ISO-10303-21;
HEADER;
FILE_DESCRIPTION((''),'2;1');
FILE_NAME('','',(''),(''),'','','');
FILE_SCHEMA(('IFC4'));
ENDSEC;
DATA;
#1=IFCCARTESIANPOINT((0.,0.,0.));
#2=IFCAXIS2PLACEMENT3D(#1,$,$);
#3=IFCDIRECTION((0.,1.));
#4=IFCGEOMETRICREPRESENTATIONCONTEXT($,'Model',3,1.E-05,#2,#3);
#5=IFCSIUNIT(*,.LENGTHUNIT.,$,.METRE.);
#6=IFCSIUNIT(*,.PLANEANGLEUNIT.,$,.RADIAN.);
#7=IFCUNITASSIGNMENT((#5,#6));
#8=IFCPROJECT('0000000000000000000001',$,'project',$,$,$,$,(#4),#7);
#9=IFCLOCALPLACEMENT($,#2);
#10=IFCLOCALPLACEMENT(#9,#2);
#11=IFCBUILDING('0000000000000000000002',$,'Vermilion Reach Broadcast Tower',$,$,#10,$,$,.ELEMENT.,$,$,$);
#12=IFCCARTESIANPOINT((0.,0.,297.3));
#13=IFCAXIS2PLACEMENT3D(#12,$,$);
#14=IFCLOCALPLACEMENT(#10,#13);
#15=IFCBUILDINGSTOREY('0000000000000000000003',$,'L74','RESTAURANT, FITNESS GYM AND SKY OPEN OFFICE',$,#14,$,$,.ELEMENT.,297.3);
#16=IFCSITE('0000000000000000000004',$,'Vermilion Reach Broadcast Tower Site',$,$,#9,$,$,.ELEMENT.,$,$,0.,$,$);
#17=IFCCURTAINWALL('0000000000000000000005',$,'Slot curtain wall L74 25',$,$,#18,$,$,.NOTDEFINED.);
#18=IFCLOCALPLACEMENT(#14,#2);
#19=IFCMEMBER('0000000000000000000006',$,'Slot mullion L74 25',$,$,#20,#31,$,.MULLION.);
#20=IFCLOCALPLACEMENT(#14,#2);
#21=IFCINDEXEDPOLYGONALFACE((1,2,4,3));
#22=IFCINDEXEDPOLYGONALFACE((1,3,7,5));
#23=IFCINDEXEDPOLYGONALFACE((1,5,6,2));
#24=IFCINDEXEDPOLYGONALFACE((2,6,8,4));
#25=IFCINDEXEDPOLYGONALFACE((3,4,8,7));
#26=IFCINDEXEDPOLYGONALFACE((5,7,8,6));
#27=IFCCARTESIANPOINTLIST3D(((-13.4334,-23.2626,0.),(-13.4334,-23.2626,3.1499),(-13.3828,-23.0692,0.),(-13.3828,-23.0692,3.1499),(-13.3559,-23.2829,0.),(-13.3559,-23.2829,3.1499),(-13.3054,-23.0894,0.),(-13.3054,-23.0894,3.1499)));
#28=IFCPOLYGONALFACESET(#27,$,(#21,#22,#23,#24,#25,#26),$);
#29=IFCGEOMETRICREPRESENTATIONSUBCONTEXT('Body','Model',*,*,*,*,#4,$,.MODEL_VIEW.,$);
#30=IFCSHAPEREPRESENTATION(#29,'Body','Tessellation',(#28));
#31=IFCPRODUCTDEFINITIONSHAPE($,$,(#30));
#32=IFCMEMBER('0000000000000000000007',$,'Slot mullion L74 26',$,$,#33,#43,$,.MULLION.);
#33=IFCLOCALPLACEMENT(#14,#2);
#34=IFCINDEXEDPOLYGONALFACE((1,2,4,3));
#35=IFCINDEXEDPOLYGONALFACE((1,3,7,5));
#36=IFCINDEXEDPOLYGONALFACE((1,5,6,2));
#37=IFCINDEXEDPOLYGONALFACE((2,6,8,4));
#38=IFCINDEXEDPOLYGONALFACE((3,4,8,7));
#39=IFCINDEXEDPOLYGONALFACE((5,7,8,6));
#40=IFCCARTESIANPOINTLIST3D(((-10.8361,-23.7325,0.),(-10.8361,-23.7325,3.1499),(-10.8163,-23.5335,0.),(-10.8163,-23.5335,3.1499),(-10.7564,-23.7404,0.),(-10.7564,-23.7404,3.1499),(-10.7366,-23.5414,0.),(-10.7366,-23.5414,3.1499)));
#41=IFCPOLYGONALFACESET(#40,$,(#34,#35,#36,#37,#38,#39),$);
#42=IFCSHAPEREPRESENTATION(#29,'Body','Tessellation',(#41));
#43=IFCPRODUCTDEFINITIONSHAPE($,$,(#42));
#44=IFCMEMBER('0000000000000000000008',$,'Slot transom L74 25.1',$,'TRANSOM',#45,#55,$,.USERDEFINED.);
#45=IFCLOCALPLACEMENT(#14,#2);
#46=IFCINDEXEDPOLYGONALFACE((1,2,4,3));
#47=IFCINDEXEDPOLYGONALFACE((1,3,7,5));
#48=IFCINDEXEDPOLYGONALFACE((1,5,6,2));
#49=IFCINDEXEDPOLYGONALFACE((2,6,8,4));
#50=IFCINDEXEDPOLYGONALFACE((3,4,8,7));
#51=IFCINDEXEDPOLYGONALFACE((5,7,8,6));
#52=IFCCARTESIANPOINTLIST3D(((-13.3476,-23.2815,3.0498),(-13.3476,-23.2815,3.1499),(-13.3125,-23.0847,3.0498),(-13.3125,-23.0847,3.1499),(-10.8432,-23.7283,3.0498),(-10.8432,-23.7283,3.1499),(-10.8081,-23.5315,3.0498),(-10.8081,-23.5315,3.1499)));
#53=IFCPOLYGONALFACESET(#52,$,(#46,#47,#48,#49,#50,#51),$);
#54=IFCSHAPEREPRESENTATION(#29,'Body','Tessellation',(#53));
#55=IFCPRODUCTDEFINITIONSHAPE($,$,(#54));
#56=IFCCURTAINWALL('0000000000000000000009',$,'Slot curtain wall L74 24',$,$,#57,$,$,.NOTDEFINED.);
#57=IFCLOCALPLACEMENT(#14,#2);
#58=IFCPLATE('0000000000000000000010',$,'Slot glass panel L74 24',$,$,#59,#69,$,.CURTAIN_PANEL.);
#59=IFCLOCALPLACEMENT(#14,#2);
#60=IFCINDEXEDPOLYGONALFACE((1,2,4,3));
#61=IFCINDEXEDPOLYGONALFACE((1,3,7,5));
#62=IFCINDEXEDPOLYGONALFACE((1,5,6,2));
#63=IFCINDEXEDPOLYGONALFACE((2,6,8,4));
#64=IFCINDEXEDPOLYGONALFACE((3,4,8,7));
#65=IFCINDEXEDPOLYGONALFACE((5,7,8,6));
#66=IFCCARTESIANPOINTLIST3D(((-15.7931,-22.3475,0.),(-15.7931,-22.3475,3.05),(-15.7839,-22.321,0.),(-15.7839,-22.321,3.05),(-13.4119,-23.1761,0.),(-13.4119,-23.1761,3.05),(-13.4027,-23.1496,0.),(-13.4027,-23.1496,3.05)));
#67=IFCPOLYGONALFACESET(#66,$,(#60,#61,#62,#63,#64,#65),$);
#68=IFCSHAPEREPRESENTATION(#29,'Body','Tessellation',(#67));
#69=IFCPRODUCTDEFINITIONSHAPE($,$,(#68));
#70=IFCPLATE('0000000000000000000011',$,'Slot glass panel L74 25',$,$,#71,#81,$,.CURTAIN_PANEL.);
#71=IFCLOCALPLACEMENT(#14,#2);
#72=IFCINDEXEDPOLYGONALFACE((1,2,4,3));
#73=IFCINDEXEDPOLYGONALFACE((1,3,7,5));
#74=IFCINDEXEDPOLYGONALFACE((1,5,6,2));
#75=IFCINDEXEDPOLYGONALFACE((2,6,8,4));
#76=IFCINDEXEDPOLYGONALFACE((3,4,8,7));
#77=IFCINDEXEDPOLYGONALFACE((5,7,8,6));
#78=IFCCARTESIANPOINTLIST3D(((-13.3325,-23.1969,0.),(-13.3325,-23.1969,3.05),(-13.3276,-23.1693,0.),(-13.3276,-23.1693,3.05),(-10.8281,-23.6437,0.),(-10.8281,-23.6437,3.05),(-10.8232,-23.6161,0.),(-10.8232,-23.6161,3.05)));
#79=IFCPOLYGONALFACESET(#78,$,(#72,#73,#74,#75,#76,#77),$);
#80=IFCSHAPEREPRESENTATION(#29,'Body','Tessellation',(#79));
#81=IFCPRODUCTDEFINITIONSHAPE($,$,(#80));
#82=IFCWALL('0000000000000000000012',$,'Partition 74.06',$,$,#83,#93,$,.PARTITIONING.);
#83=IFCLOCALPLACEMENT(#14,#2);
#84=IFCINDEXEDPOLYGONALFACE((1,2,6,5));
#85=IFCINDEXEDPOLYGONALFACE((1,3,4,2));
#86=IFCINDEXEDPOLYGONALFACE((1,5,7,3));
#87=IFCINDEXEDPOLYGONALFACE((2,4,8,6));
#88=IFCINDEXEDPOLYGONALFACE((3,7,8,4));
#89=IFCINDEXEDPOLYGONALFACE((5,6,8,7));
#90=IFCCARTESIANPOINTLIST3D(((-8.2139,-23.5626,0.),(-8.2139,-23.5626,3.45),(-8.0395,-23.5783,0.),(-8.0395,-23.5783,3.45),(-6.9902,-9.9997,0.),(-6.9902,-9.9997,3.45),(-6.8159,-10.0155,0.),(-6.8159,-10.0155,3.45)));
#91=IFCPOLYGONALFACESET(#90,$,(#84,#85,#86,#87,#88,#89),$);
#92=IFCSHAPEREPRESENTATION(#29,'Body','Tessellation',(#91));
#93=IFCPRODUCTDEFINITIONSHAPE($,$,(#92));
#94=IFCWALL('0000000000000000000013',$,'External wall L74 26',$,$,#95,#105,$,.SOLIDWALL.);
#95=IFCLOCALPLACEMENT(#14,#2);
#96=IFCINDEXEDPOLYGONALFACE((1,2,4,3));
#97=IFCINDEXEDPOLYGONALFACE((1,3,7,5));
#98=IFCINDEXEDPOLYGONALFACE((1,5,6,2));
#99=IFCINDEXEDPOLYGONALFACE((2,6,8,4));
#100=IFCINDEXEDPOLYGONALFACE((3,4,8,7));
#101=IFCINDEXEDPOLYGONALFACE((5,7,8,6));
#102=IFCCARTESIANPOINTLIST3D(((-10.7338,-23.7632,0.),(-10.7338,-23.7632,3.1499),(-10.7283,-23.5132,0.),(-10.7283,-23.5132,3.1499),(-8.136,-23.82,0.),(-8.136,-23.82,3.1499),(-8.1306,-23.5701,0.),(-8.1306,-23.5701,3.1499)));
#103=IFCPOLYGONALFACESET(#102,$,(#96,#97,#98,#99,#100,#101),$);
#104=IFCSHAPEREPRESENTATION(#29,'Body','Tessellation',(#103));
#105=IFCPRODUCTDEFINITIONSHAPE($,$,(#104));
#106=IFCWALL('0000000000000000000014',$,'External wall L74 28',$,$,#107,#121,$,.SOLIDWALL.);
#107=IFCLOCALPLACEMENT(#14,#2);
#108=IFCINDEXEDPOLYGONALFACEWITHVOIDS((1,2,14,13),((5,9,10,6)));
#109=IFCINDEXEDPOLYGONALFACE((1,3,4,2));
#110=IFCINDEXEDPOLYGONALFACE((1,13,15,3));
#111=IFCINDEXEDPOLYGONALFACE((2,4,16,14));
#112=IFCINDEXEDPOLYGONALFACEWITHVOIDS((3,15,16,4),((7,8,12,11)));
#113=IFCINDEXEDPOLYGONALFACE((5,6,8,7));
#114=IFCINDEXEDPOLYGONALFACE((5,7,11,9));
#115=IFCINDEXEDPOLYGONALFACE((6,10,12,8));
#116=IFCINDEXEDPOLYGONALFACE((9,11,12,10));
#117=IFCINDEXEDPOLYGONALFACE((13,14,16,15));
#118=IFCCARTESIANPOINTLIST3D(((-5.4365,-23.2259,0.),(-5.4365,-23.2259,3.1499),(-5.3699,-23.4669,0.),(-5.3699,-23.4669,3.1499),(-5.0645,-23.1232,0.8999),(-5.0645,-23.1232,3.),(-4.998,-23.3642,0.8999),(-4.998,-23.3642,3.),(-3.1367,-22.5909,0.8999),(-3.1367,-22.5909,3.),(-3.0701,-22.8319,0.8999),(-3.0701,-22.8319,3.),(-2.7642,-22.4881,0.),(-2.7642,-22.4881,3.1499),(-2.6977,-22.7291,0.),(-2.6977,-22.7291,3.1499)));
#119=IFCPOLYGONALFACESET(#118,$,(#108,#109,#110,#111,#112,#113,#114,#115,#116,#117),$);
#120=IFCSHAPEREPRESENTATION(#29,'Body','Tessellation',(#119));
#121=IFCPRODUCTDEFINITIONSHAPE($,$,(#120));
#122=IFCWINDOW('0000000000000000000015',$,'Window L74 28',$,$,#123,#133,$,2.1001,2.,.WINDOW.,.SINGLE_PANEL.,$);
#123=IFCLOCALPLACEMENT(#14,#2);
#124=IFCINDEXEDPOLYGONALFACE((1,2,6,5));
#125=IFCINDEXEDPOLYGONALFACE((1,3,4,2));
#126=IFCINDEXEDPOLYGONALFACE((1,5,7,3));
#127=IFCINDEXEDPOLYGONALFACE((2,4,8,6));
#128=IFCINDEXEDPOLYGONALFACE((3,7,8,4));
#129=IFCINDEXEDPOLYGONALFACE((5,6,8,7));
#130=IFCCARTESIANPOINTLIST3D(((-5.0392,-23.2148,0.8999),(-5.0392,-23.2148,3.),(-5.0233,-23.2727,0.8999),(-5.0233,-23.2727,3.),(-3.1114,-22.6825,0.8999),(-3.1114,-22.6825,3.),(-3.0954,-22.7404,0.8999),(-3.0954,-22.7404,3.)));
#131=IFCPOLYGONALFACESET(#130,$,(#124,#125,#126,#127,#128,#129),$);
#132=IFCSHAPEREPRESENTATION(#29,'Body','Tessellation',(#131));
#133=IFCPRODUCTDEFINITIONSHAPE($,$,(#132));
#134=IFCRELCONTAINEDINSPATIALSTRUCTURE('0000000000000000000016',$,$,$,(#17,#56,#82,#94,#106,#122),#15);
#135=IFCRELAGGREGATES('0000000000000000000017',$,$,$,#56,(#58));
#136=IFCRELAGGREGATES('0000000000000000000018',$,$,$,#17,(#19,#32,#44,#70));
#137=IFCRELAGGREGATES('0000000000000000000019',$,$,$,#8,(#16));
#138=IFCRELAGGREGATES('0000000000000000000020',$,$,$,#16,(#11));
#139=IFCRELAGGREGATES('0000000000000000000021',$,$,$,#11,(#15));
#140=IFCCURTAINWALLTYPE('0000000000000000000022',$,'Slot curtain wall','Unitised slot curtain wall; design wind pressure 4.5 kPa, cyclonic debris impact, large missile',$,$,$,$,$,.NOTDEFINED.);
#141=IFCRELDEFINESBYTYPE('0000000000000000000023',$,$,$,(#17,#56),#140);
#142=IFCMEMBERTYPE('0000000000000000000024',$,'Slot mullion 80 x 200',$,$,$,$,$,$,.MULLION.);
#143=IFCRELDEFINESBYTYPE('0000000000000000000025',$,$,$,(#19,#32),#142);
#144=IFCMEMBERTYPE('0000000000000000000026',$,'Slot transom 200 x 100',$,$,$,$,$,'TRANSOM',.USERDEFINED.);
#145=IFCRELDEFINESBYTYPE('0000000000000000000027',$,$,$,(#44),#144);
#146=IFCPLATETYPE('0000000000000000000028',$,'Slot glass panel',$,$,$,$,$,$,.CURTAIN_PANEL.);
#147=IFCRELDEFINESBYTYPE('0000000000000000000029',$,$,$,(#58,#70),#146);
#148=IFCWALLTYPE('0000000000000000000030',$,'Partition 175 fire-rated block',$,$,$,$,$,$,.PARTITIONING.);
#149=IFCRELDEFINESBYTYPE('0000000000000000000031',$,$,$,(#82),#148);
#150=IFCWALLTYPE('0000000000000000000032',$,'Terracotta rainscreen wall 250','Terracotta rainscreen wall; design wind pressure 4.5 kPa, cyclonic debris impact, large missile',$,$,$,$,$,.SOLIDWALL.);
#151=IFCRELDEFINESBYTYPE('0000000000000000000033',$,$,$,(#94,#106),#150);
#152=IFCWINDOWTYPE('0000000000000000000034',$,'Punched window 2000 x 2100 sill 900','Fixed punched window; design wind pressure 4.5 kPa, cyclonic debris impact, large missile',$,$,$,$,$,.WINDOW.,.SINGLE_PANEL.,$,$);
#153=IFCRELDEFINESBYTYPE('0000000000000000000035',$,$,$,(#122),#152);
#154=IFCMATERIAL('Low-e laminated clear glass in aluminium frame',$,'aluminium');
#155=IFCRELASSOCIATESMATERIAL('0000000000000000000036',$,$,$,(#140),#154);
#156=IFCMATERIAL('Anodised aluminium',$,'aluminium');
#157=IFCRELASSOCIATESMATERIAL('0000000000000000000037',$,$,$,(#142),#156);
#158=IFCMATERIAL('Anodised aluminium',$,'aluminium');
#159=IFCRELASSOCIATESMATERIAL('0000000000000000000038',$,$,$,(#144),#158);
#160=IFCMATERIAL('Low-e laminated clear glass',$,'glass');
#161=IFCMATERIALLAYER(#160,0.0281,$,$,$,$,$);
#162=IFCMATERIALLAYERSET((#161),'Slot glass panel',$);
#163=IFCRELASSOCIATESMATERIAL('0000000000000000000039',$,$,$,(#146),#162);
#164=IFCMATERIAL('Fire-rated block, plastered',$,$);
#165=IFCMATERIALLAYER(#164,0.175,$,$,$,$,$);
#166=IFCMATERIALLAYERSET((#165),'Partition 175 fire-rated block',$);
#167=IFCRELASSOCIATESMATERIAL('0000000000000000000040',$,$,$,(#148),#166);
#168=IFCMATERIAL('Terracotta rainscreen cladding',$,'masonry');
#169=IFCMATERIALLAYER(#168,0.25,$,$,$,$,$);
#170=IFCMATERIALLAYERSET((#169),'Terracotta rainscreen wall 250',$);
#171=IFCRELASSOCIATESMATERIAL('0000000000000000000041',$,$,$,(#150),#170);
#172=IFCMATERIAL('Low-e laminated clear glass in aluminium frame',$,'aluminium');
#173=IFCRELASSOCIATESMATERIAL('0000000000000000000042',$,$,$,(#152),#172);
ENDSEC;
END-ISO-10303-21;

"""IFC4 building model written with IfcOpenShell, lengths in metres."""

from ifc_helpers import new_model, si_unit, direction, frame, frame_2d, origin, origin_2d, place, context, subcontext, project, spatial, rectangle, extrude, material, layer, layer_set, material_profile, profile_set, type_object, element, fill, aggregate, save


model = new_model("IFC4")

# Units and contexts
model_context = context("Model", 3, precision=1e-05, world=origin(), true_north=direction((0.0, 1.0)))
body_context = subcontext(model_context, "Body", "Model", "MODEL_VIEW")
ifc_project = project(units=[si_unit("LENGTHUNIT", "METRE"), si_unit("PLANEANGLEUNIT", "RADIAN")], contexts=[model_context])

# Site, building, storey
site_placement = place(None, origin())
site = spatial("IfcSite", under=ifc_project, at=site_placement, Name="Vermilion Reach Broadcast Tower Site", CompositionType="ELEMENT", RefElevation=0.0)
building_placement = place(site_placement, origin())
building = spatial("IfcBuilding", under=site, at=building_placement, Name="Vermilion Reach Broadcast Tower", CompositionType="ELEMENT")
storey_placement = place(building_placement, frame((0.0, 0.0, 297.3)))
storey = spatial("IfcBuildingStorey", under=building, at=storey_placement, Name="L74", Description="RESTAURANT, FITNESS GYM AND SKY OPEN OFFICE", CompositionType="ELEMENT", Elevation=297.3)

# Curtain wall, members
ifc_material_1 = material(Name="Low-e laminated clear glass in aluminium frame", Category="aluminium")
curtain_wall_type = type_object("IfcCurtainWallType", Name="Slot curtain wall", Description="Unitised slot curtain wall; design wind pressure 4.5 kPa, cyclonic debris impact, large missile", PredefinedType="NOTDEFINED", material=ifc_material_1)
placement = place(storey_placement, origin())
curtain_wall_1 = element("IfcCurtainWall", 1, at=placement, inside=storey, type_object=curtain_wall_type, Name="Slot curtain wall L74 25", PredefinedType="NOTDEFINED")
ifc_material_2 = material(Name="Anodised aluminium", Category="aluminium")
ifc_material_profile_1 = material_profile(ifc_material_2, rectangle(XDim=0.2, YDim=0.0801, at=origin_2d()), Name="Slot mullion 80 x 200")
ifc_profile_set_1 = profile_set([ifc_material_profile_1], Name="Anodised aluminium")
member_type_1 = type_object("IfcMemberType", Name="Slot mullion 80 x 200", PredefinedType="MULLION", material=ifc_profile_set_1)
member_1_placement = place(storey_placement, frame((-13.3694, -23.176, 0.0), z_axis=(0.0, 0.0, 1.0), x_axis=(0.252932, 0.967484, 0.0)))
member_1 = element("IfcMember", 2, at=member_1_placement, type_object=member_type_1, Name="Slot mullion L74 25", PredefinedType="MULLION", context=body_context, shape_type="SweptSolid", body=[
    extrude(rectangle(XDim=0.2, YDim=0.0801, at=origin_2d()), origin(), (0.0, 0.0, 1.0), 3.1499),
])
member_2_placement = place(storey_placement, frame((-10.7864, -23.637, 0.0), z_axis=(0.0, 0.0, 1.0), x_axis=(0.099085, 0.995079, 0.0)))
member_2 = element("IfcMember", 3, at=member_2_placement, type_object=member_type_1, Name="Slot mullion L74 26", PredefinedType="MULLION", context=body_context, shape_type="SweptSolid", body=[
    extrude(rectangle(XDim=0.2, YDim=0.0801, at=origin_2d()), origin(), (0.0, 0.0, 1.0), 3.1499),
])
ifc_material_3 = material(Name="Anodised aluminium", Category="aluminium")
ifc_material_profile_2 = material_profile(ifc_material_3, rectangle(XDim=0.2, YDim=0.1001, at=origin_2d()), Name="Slot transom 200 x 100")
ifc_profile_set_2 = profile_set([ifc_material_profile_2], Name="Anodised aluminium")
member_type_2 = type_object("IfcMemberType", Name="Slot transom 200 x 100", ElementType="TRANSOM", PredefinedType="USERDEFINED", material=ifc_profile_set_2)
member_3_placement = place(storey_placement, frame((-13.3301, -23.1831, 3.0999), z_axis=(0.984457, -0.175625, 0.0), x_axis=(0.175625, 0.984457, 0.0)))
member_3 = element("IfcMember", 4, at=member_3_placement, type_object=member_type_2, Name="Slot transom L74 25.1", ObjectType="TRANSOM", PredefinedType="USERDEFINED", context=body_context, shape_type="SweptSolid", body=[
    extrude(rectangle(XDim=0.2, YDim=0.1001, at=origin_2d()), origin(), (0.0, 0.0, 1.0), 2.5439),
])

# Curtain wall, plate
curtain_wall_2 = element("IfcCurtainWall", 5, at=placement, inside=storey, type_object=curtain_wall_type, Name="Slot curtain wall L74 24", PredefinedType="NOTDEFINED")
ifc_material_4 = material(Name="Low-e laminated clear glass", Category="glass")
ifc_layer_1 = layer(ifc_material_4, 0.0281)
ifc_layer_set_1 = layer_set([ifc_layer_1], Name="Slot glass panel")
plate_type = type_object("IfcPlateType", Name="Slot glass panel", PredefinedType="CURTAIN_PANEL", material=ifc_layer_set_1)
plate_1_placement = place(storey_placement, frame((-14.5979, -22.7485, 0.0), z_axis=(0.0, 0.0, 1.0), x_axis=(0.944452, -0.328648, 0.0)))
plate_1 = element("IfcPlate", 6, at=plate_1_placement, type_object=plate_type, Name="Slot glass panel L74 24", PredefinedType="CURTAIN_PANEL", context=body_context, shape_type="SweptSolid", body=[
    extrude(rectangle(XDim=2.5212, YDim=0.0281, at=origin_2d()), origin(), (0.0, 0.0, 1.0), 3.05),
])
aggregate(curtain_wall_2, [plate_1])

# Plate
plate_2_placement = place(storey_placement, frame((-12.0779, -23.4065, 0.0), z_axis=(0.0, 0.0, 1.0), x_axis=(0.984456, -0.175632, 0.0)))
plate_2 = element("IfcPlate", 7, at=plate_2_placement, type_object=plate_type, Name="Slot glass panel L74 25", PredefinedType="CURTAIN_PANEL", context=body_context, shape_type="SweptSolid", body=[
    extrude(rectangle(XDim=2.5439, YDim=0.0281, at=origin_2d()), origin(), (0.0, 0.0, 1.0), 3.05),
])
aggregate(curtain_wall_1, [member_1, member_2, member_3, plate_2])

# Walls
ifc_material_5 = material(Name="Fire-rated block, plastered")
ifc_layer_2 = layer(ifc_material_5, 0.175)
ifc_layer_set_2 = layer_set([ifc_layer_2], Name="Partition 175 fire-rated block")
wall_type_1 = type_object("IfcWallType", Name="Partition 175 fire-rated block", PredefinedType="PARTITIONING", material=ifc_layer_set_2)
wall_1_placement = place(storey_placement, frame((-8.1267, -23.5706, 0.0), z_axis=(0.0, 0.0, 1.0), x_axis=(0.089855, 0.995955, 0.0)))
element("IfcWall", 8, at=wall_1_placement, inside=storey, type_object=wall_type_1, Name="Partition 74.06", PredefinedType="PARTITIONING", context=body_context, shape_type="SweptSolid", body=[
    extrude(rectangle(XDim=13.6179, YDim=0.175, at=frame_2d((6.8091, 0.0))), origin(), (0.0, 0.0, 1.0), 3.45),
])
ifc_material_6 = material(Name="Terracotta rainscreen cladding", Category="masonry")
ifc_layer_3 = layer(ifc_material_6, 0.25)
ifc_layer_set_3 = layer_set([ifc_layer_3], Name="Terracotta rainscreen wall 250")
wall_type_2 = type_object("IfcWallType", Name="Terracotta rainscreen wall 250", Description="Terracotta rainscreen wall; design wind pressure 4.5 kPa, cyclonic debris impact, large missile", PredefinedType="SOLIDWALL", material=ifc_layer_set_3)
wall_2_placement = place(storey_placement, frame((-10.7312, -23.6382, 0.0), z_axis=(0.0, 0.0, 1.0), x_axis=(0.99976, -0.021893, 0.0)))
element("IfcWall", 9, at=wall_2_placement, inside=storey, type_object=wall_type_2, Name="External wall L74 26", PredefinedType="SOLIDWALL", context=body_context, shape_type="SweptSolid", body=[
    extrude(rectangle(XDim=2.5984, YDim=0.25, at=frame_2d((1.2993, 0.0))), origin(), (0.0, 0.0, 1.0), 3.1499),
])

# Wall, opening, window
wall_3_placement = place(storey_placement, frame((-5.4033, -23.3464, 0.0), z_axis=(0.0, 0.0, 1.0), x_axis=(0.963932, 0.266149, 0.0)))
wall_3 = element("IfcWall", 10, at=wall_3_placement, inside=storey, type_object=wall_type_2, Name="External wall L74 28", PredefinedType="SOLIDWALL", context=body_context, shape_type="SweptSolid", body=[
    extrude(rectangle(XDim=2.7722, YDim=0.25, at=frame_2d((1.3862, 0.0))), origin(), (0.0, 0.0, 1.0), 3.1499),
])
opening_1_placement = place(wall_3_placement, frame((0.386, 0.0, 0.8999)))
opening_1 = element("IfcOpeningElement", 11, at=opening_1_placement, cuts=wall_3, PredefinedType="OPENING", context=body_context, shape_type="SweptSolid", body=[
    extrude(rectangle(XDim=2.0, YDim=2.1001, at=frame_2d((1.0, 1.05))), frame((0.0, 0.135, 0.0), z_axis=(0.0, -1.0, 0.0), x_axis=(1.0, 0.0, 0.0)), (0.0, 0.0, 1.0), 0.27),
])
ifc_material_7 = material(Name="Low-e laminated clear glass in aluminium frame", Category="aluminium")
window_type = type_object("IfcWindowType", Name="Punched window 2000 x 2100 sill 900", Description="Fixed punched window; design wind pressure 4.5 kPa, cyclonic debris impact, large missile", PartitioningType="SINGLE_PANEL", PredefinedType="WINDOW", material=ifc_material_7)
window_placement = place(opening_1_placement, origin())
window = element("IfcWindow", 12, at=window_placement, inside=storey, type_object=window_type, Name="Window L74 28", OverallHeight=2.1001, OverallWidth=2.0, PartitioningType="SINGLE_PANEL", PredefinedType="WINDOW", context=body_context, shape_type="SweptSolid", body=[
    extrude(rectangle(XDim=2.0, YDim=2.1001, at=frame_2d((1.0, 1.05))), frame((0.0, 0.03, 0.0), z_axis=(0.0, -1.0, 0.0), x_axis=(1.0, 0.0, 0.0)), (0.0, 0.0, 1.0), 0.0601),
])
fill(opening_1, window)

save(model, "model.ifc")
